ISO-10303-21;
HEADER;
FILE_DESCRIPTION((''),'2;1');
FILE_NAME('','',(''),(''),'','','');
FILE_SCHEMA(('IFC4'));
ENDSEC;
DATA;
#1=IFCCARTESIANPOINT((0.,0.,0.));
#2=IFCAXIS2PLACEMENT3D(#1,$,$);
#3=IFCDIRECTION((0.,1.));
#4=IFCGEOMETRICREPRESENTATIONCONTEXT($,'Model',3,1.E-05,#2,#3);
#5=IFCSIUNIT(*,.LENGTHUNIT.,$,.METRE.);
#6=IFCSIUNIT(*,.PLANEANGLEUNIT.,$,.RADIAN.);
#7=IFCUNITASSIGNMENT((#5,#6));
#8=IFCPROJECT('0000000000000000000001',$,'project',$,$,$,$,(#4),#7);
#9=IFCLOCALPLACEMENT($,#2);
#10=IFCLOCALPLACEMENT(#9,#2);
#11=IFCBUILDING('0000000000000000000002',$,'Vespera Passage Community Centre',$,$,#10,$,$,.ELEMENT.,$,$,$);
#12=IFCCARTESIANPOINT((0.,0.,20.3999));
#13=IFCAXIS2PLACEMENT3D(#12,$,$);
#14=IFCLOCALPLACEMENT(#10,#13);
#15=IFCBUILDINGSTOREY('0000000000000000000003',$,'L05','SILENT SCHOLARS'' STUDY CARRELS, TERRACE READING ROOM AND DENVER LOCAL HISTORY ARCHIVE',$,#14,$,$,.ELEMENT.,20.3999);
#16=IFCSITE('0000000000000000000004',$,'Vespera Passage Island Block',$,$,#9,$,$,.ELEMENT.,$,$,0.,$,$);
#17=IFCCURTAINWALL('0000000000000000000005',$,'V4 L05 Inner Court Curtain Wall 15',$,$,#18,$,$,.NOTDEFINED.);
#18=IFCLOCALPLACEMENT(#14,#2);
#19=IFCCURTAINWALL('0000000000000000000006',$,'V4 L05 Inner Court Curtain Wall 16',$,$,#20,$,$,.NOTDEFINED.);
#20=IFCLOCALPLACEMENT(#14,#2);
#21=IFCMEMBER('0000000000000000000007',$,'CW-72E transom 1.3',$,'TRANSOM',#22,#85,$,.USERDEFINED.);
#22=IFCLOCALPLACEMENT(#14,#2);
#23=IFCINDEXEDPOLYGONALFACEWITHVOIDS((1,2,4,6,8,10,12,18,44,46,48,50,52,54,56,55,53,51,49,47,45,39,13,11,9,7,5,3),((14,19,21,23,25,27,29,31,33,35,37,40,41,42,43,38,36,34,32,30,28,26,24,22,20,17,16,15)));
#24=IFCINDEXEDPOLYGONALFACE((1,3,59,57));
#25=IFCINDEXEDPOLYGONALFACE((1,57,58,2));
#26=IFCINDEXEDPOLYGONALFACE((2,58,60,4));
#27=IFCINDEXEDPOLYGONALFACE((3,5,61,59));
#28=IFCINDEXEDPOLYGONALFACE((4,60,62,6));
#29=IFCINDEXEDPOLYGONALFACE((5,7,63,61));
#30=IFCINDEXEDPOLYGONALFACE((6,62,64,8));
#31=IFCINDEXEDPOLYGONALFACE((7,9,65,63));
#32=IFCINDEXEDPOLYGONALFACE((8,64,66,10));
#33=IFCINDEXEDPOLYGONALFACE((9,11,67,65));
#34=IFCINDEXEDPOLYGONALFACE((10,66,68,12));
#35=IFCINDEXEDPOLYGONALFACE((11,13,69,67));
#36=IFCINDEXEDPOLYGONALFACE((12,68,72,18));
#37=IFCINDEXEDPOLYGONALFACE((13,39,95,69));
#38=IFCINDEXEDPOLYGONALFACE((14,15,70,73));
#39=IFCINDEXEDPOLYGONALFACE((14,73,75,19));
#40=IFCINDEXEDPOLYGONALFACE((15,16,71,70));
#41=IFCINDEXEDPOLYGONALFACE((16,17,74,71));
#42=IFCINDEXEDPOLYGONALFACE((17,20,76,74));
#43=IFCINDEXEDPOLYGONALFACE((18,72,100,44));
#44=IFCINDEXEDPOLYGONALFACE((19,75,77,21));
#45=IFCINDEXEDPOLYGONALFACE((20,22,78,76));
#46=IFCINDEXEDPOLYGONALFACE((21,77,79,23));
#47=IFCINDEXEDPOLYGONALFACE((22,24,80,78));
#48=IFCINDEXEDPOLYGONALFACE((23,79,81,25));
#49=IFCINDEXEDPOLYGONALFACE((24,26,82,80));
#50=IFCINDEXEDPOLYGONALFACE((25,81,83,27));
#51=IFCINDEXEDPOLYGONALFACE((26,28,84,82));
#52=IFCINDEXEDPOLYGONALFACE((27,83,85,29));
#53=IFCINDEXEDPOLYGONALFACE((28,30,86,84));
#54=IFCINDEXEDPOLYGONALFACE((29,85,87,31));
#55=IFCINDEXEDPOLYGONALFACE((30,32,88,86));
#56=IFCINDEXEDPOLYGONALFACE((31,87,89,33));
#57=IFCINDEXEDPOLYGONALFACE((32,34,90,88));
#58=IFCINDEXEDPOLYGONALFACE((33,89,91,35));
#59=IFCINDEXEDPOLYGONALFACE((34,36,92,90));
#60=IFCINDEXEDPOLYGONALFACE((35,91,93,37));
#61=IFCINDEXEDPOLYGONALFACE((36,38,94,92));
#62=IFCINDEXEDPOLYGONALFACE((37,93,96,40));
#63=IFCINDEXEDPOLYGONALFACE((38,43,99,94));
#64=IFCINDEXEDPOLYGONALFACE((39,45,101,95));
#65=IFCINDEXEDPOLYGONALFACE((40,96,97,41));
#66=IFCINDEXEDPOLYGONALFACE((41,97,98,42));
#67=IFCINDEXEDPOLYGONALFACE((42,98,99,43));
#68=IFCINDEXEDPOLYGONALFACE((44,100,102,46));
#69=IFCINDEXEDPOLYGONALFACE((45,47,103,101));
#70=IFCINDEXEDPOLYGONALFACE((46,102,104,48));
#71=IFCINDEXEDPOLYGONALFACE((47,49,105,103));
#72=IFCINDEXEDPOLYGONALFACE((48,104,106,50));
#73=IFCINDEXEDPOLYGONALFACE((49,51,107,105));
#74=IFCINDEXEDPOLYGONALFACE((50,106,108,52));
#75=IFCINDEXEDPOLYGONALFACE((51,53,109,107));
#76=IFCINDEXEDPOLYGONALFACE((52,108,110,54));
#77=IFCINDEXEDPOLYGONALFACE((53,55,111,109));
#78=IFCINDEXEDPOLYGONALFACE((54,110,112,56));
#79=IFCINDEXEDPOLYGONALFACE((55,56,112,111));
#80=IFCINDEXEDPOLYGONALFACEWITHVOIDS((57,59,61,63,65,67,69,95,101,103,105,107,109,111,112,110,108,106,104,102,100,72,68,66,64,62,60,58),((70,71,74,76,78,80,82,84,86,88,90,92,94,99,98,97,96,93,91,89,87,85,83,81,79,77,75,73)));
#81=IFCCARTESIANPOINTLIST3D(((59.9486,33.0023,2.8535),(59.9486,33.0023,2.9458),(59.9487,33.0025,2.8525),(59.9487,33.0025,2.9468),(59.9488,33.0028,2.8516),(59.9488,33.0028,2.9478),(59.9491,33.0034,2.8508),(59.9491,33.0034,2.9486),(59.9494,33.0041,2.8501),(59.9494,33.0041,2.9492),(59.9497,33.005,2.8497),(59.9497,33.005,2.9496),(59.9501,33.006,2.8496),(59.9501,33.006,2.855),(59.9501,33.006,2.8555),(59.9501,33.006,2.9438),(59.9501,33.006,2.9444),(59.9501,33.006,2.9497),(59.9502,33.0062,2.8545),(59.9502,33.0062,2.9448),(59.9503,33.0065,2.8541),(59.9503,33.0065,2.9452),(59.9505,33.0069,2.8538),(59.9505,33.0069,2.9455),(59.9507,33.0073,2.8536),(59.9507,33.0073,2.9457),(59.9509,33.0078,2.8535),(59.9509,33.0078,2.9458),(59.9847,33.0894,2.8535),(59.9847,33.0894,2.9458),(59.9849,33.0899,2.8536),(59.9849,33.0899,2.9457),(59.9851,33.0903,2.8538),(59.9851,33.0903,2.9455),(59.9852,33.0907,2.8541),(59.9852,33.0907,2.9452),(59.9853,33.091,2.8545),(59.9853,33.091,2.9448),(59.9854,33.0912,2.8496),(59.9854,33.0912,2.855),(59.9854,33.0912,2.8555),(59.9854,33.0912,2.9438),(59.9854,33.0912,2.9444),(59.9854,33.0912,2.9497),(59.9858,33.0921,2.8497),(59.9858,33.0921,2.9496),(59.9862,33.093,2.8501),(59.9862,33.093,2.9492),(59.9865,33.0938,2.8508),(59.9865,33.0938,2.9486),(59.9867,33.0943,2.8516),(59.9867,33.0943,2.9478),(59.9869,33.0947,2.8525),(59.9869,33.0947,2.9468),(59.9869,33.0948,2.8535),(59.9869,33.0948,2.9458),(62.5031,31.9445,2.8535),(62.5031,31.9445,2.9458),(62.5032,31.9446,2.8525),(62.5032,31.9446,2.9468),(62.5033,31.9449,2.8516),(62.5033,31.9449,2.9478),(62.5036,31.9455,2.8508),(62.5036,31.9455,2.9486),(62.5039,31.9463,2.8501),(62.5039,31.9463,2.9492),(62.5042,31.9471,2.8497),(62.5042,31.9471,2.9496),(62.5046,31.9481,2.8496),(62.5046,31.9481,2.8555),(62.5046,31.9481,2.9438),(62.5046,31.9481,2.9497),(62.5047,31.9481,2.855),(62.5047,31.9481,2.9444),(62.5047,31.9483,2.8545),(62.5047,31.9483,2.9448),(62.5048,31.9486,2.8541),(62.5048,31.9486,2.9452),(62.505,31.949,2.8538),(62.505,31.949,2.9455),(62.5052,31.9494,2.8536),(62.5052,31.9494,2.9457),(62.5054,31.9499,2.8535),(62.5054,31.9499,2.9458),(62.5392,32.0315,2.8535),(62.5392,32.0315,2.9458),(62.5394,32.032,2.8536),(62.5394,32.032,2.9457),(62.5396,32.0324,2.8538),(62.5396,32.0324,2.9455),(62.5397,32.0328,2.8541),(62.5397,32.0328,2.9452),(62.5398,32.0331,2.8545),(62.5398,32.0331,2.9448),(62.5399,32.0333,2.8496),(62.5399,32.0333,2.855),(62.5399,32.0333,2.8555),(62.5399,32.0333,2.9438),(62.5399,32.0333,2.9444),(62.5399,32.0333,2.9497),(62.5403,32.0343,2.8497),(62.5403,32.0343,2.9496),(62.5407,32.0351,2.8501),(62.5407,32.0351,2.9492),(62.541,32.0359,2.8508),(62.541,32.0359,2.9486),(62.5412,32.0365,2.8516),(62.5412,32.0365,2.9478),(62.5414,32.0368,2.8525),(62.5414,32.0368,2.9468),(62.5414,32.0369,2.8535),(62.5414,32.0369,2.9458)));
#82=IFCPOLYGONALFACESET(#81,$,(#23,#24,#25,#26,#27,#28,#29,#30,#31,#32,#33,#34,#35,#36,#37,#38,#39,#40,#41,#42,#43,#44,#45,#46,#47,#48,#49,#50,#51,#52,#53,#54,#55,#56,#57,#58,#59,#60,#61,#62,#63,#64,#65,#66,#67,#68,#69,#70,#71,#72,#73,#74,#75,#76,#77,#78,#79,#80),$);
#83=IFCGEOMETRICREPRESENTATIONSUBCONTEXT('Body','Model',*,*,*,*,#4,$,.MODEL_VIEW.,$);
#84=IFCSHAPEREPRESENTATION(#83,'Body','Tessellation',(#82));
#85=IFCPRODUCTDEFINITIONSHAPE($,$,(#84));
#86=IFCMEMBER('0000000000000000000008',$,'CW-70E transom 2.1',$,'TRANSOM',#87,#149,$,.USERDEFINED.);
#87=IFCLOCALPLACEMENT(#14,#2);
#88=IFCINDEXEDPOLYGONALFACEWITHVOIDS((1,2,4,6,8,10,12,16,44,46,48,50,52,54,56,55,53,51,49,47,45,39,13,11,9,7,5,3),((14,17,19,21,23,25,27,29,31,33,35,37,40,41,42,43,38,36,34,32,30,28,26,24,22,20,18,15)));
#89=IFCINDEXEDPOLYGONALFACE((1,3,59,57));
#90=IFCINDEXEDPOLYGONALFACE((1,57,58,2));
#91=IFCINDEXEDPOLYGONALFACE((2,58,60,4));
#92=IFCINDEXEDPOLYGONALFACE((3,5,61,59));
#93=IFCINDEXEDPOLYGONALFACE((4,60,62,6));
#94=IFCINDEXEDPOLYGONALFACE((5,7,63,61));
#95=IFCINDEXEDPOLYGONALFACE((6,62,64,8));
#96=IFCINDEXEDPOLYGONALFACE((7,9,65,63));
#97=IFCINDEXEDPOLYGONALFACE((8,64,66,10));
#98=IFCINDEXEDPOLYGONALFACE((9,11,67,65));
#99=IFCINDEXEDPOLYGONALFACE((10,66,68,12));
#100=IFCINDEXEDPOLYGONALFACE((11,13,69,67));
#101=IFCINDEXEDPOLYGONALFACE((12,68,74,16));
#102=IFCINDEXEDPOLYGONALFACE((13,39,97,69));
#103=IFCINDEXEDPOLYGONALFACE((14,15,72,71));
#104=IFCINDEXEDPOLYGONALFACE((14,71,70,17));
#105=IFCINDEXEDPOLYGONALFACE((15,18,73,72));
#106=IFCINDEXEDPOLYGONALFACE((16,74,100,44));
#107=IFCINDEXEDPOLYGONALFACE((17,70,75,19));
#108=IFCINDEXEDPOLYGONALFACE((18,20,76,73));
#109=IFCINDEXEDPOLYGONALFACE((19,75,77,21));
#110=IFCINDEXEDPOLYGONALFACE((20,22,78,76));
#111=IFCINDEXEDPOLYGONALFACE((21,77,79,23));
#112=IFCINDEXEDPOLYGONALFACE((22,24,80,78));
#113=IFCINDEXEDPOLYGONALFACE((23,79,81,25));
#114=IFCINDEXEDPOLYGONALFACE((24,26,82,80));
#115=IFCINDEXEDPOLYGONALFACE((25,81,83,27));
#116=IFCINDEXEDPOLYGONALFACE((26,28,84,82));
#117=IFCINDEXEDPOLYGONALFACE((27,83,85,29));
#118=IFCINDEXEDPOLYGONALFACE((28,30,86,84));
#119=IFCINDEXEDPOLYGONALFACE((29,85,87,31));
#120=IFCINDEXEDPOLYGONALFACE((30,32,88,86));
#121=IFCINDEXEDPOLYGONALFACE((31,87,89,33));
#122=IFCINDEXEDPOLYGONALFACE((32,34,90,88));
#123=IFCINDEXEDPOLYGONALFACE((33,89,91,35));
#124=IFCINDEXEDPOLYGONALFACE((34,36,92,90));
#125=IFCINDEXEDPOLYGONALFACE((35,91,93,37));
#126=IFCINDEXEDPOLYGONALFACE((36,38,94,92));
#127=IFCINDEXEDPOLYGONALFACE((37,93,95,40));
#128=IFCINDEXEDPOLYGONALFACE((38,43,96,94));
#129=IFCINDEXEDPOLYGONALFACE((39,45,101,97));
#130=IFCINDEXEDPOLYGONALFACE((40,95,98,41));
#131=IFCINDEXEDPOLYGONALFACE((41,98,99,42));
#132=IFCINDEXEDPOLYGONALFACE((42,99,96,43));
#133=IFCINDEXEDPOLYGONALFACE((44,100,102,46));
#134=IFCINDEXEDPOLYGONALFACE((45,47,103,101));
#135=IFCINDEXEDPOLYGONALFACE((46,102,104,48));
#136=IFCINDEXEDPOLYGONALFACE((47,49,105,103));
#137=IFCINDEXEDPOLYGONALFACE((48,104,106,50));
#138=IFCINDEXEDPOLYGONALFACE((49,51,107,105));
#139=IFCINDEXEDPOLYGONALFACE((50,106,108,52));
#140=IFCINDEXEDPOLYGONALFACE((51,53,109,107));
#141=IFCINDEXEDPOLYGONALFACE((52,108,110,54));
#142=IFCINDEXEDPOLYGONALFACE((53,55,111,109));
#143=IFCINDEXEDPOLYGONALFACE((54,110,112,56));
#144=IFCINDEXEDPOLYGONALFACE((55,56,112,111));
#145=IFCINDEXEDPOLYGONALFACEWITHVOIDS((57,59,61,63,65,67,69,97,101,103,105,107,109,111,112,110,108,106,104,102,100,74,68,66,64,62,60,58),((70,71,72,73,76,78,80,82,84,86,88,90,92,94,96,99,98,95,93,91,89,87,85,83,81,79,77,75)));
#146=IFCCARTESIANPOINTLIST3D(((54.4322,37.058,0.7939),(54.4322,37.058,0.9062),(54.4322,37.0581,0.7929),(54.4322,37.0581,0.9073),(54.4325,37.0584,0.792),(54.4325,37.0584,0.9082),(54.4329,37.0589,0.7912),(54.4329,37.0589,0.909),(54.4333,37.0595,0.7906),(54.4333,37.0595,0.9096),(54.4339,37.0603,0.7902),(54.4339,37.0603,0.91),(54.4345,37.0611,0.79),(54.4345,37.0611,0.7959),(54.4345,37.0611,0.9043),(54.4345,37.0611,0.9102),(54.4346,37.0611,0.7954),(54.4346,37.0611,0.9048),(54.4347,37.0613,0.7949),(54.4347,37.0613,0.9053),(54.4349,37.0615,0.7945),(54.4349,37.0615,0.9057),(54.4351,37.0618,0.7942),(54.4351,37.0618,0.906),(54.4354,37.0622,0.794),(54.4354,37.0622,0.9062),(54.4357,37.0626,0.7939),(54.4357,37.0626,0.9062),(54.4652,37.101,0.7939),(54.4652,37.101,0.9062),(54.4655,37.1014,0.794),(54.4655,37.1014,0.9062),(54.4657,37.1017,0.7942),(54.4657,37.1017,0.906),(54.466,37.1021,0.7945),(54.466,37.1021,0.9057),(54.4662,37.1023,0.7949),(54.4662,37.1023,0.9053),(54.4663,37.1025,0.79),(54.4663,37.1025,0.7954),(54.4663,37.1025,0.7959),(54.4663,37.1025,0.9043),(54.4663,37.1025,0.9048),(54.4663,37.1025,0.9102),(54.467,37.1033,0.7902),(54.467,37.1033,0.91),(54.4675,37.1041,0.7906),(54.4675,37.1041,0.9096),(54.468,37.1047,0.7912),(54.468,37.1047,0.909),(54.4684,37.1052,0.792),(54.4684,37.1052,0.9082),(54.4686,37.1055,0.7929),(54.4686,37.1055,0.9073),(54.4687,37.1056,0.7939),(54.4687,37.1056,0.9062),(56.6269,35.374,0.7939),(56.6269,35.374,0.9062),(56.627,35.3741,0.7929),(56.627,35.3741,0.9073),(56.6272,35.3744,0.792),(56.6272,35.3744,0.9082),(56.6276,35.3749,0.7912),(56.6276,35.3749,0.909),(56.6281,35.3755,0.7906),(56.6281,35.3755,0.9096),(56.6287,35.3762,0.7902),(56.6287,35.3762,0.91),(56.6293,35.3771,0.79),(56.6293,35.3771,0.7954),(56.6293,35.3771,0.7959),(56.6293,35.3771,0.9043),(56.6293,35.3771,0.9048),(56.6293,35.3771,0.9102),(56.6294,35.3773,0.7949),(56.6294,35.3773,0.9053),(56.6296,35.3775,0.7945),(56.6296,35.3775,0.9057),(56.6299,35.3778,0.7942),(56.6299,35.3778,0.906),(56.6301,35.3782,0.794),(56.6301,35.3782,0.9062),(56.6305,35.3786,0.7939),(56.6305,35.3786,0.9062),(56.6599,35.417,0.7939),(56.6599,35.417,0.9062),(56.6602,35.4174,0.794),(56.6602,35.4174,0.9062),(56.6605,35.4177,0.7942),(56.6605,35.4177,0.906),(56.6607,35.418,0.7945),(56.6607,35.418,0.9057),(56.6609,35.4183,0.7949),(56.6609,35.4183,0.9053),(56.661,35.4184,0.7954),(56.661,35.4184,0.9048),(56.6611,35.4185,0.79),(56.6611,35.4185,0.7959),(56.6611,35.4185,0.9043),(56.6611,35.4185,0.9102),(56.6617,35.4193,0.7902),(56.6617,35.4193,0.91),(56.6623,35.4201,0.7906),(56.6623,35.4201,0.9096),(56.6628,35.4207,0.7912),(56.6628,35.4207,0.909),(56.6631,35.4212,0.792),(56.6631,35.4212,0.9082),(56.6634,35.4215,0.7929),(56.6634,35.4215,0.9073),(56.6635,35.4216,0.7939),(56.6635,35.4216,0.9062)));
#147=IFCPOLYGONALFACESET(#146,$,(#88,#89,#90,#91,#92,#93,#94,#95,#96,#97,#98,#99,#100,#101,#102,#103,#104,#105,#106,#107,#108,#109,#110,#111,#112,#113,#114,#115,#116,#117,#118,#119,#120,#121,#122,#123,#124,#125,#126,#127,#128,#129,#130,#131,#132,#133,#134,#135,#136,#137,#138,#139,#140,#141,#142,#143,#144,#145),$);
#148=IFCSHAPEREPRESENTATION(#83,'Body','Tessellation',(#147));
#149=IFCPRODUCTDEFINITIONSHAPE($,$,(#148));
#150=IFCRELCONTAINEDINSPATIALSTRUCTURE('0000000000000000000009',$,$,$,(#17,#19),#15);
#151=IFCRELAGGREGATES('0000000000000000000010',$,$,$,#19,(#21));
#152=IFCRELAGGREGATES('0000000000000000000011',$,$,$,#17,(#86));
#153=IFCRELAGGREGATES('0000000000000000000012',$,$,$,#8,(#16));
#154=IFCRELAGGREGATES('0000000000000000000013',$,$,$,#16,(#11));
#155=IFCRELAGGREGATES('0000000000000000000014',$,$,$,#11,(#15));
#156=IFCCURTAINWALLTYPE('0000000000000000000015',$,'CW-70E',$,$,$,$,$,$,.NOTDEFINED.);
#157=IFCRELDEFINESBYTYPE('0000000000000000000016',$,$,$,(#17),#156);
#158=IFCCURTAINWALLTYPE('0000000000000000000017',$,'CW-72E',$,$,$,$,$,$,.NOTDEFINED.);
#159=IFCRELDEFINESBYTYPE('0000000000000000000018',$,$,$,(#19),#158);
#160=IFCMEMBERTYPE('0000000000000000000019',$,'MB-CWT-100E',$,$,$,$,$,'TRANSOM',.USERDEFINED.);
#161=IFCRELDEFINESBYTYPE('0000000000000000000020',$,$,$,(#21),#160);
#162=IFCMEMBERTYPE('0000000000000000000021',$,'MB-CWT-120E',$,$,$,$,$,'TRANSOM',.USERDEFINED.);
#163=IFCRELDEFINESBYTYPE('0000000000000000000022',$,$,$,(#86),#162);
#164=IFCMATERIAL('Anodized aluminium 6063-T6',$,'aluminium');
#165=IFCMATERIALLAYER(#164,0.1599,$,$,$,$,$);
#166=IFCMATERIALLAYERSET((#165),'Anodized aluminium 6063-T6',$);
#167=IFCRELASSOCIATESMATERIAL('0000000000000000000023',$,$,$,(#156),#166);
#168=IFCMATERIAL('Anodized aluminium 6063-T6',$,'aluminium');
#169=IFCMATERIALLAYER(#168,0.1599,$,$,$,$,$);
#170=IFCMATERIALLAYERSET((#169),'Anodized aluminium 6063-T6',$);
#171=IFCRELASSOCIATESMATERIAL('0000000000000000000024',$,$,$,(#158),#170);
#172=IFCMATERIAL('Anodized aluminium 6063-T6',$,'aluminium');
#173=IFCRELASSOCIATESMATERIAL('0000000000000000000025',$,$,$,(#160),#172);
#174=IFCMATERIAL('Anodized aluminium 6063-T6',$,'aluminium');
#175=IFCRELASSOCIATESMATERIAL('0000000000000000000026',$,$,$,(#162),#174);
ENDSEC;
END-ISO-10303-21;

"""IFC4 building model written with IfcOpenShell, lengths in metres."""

from ifc_helpers import new_model, si_unit, direction, frame, origin, origin_2d, place, context, subcontext, project, spatial, hollow_rectangle, extrude, material, layer, layer_set, material_profile, profile_set, type_object, element, aggregate, save


model = new_model("IFC4")

# Units and contexts
model_context = context("Model", 3, precision=1e-05, world=origin(), true_north=direction((0.0, 1.0)))
body_context = subcontext(model_context, "Body", "Model", "MODEL_VIEW")
ifc_project = project(units=[si_unit("LENGTHUNIT", "METRE"), si_unit("PLANEANGLEUNIT", "RADIAN")], contexts=[model_context])

# Site, building, storey
site_placement = place(None, origin())
site = spatial("IfcSite", under=ifc_project, at=site_placement, Name="Vespera Passage Island Block", CompositionType="ELEMENT", RefElevation=0.0)
building_placement = place(site_placement, origin())
building = spatial("IfcBuilding", under=site, at=building_placement, Name="Vespera Passage Community Centre", CompositionType="ELEMENT")
storey_placement = place(building_placement, frame((0.0, 0.0, 20.3999)))
storey = spatial("IfcBuildingStorey", under=building, at=storey_placement, Name="L05", Description="SILENT SCHOLARS' STUDY CARRELS, TERRACE READING ROOM AND DENVER LOCAL HISTORY ARCHIVE", CompositionType="ELEMENT", Elevation=20.3999)

# Curtain walls, member
ifc_material_1 = material(Name="Anodized aluminium 6063-T6", Category="aluminium")
ifc_layer_1 = layer(ifc_material_1, 0.1599)
ifc_layer_set_1 = layer_set([ifc_layer_1], Name="Anodized aluminium 6063-T6")
curtain_wall_type_1 = type_object("IfcCurtainWallType", Name="CW-70E", PredefinedType="NOTDEFINED", material=ifc_layer_set_1)
curtain_wall_1_placement = place(storey_placement, origin())
curtain_wall_1 = element("IfcCurtainWall", 1, at=curtain_wall_1_placement, inside=storey, type_object=curtain_wall_type_1, Name="V4 L05 Inner Court Curtain Wall 15", PredefinedType="NOTDEFINED")
ifc_material_2 = material(Name="Anodized aluminium 6063-T6", Category="aluminium")
ifc_layer_2 = layer(ifc_material_2, 0.1599)
ifc_layer_set_2 = layer_set([ifc_layer_2], Name="Anodized aluminium 6063-T6")
curtain_wall_type_2 = type_object("IfcCurtainWallType", Name="CW-72E", PredefinedType="NOTDEFINED", material=ifc_layer_set_2)
curtain_wall_2_placement = place(storey_placement, origin())
curtain_wall_2 = element("IfcCurtainWall", 2, at=curtain_wall_2_placement, inside=storey, type_object=curtain_wall_type_2, Name="V4 L05 Inner Court Curtain Wall 16", PredefinedType="NOTDEFINED")
ifc_material_3 = material(Name="Anodized aluminium 6063-T6", Category="aluminium")
ifc_material_profile_1 = material_profile(ifc_material_3, hollow_rectangle(XDim=0.1001, YDim=0.1001, WallThickness=0.0039, InnerFilletRadius=0.002, OuterFilletRadius=0.0039, at=origin_2d()), Name="ALU100X100X4")
ifc_profile_set_1 = profile_set([ifc_material_profile_1], Name="Anodized aluminium 6063-T6")
member_type_1 = type_object("IfcMemberType", Name="MB-CWT-100E", ElementType="TRANSOM", PredefinedType="USERDEFINED", material=ifc_profile_set_1)
member_1_placement = place(storey_placement, frame((59.9678, 33.0486, 2.8997), z_axis=(0.923908, -0.382614, 0.0), x_axis=(0.382614, 0.923908, 0.0)))
member_1 = element("IfcMember", 3, at=member_1_placement, type_object=member_type_1, Name="CW-72E transom 1.3", ObjectType="TRANSOM", PredefinedType="USERDEFINED", context=body_context, shape_type="SweptSolid", body=[
    extrude(hollow_rectangle(XDim=0.1001, YDim=0.1001, WallThickness=0.0039, InnerFilletRadius=0.002, OuterFilletRadius=0.0039, at=origin_2d()), origin(), (0.0, 0.0, 1.0), 2.7649),
])
aggregate(curtain_wall_2, [member_1])

# Member
ifc_material_4 = material(Name="Anodized aluminium 6063-T6", Category="aluminium")
ifc_material_profile_2 = material_profile(ifc_material_4, hollow_rectangle(XDim=0.0601, YDim=0.1201, WallThickness=0.0039, InnerFilletRadius=0.002, OuterFilletRadius=0.0039, at=origin_2d()), Name="ALU120X60X4")
ifc_profile_set_2 = profile_set([ifc_material_profile_2], Name="Anodized aluminium 6063-T6")
member_type_2 = type_object("IfcMemberType", Name="MB-CWT-120E", ElementType="TRANSOM", PredefinedType="USERDEFINED", material=ifc_profile_set_2)
member_2_placement = place(storey_placement, frame((54.4504, 37.0818, 0.8501), z_axis=(0.793365, -0.608746, 0.0), x_axis=(0.608746, 0.793365, 0.0)))
member_2 = element("IfcMember", 4, at=member_2_placement, type_object=member_type_2, Name="CW-70E transom 2.1", ObjectType="TRANSOM", PredefinedType="USERDEFINED", context=body_context, shape_type="SweptSolid", body=[
    extrude(hollow_rectangle(XDim=0.0601, YDim=0.1201, WallThickness=0.0039, InnerFilletRadius=0.002, OuterFilletRadius=0.0039, at=origin_2d()), origin(), (0.0, 0.0, 1.0), 2.7664),
])

aggregate(curtain_wall_1, [member_2])

save(model, "model.ifc")
